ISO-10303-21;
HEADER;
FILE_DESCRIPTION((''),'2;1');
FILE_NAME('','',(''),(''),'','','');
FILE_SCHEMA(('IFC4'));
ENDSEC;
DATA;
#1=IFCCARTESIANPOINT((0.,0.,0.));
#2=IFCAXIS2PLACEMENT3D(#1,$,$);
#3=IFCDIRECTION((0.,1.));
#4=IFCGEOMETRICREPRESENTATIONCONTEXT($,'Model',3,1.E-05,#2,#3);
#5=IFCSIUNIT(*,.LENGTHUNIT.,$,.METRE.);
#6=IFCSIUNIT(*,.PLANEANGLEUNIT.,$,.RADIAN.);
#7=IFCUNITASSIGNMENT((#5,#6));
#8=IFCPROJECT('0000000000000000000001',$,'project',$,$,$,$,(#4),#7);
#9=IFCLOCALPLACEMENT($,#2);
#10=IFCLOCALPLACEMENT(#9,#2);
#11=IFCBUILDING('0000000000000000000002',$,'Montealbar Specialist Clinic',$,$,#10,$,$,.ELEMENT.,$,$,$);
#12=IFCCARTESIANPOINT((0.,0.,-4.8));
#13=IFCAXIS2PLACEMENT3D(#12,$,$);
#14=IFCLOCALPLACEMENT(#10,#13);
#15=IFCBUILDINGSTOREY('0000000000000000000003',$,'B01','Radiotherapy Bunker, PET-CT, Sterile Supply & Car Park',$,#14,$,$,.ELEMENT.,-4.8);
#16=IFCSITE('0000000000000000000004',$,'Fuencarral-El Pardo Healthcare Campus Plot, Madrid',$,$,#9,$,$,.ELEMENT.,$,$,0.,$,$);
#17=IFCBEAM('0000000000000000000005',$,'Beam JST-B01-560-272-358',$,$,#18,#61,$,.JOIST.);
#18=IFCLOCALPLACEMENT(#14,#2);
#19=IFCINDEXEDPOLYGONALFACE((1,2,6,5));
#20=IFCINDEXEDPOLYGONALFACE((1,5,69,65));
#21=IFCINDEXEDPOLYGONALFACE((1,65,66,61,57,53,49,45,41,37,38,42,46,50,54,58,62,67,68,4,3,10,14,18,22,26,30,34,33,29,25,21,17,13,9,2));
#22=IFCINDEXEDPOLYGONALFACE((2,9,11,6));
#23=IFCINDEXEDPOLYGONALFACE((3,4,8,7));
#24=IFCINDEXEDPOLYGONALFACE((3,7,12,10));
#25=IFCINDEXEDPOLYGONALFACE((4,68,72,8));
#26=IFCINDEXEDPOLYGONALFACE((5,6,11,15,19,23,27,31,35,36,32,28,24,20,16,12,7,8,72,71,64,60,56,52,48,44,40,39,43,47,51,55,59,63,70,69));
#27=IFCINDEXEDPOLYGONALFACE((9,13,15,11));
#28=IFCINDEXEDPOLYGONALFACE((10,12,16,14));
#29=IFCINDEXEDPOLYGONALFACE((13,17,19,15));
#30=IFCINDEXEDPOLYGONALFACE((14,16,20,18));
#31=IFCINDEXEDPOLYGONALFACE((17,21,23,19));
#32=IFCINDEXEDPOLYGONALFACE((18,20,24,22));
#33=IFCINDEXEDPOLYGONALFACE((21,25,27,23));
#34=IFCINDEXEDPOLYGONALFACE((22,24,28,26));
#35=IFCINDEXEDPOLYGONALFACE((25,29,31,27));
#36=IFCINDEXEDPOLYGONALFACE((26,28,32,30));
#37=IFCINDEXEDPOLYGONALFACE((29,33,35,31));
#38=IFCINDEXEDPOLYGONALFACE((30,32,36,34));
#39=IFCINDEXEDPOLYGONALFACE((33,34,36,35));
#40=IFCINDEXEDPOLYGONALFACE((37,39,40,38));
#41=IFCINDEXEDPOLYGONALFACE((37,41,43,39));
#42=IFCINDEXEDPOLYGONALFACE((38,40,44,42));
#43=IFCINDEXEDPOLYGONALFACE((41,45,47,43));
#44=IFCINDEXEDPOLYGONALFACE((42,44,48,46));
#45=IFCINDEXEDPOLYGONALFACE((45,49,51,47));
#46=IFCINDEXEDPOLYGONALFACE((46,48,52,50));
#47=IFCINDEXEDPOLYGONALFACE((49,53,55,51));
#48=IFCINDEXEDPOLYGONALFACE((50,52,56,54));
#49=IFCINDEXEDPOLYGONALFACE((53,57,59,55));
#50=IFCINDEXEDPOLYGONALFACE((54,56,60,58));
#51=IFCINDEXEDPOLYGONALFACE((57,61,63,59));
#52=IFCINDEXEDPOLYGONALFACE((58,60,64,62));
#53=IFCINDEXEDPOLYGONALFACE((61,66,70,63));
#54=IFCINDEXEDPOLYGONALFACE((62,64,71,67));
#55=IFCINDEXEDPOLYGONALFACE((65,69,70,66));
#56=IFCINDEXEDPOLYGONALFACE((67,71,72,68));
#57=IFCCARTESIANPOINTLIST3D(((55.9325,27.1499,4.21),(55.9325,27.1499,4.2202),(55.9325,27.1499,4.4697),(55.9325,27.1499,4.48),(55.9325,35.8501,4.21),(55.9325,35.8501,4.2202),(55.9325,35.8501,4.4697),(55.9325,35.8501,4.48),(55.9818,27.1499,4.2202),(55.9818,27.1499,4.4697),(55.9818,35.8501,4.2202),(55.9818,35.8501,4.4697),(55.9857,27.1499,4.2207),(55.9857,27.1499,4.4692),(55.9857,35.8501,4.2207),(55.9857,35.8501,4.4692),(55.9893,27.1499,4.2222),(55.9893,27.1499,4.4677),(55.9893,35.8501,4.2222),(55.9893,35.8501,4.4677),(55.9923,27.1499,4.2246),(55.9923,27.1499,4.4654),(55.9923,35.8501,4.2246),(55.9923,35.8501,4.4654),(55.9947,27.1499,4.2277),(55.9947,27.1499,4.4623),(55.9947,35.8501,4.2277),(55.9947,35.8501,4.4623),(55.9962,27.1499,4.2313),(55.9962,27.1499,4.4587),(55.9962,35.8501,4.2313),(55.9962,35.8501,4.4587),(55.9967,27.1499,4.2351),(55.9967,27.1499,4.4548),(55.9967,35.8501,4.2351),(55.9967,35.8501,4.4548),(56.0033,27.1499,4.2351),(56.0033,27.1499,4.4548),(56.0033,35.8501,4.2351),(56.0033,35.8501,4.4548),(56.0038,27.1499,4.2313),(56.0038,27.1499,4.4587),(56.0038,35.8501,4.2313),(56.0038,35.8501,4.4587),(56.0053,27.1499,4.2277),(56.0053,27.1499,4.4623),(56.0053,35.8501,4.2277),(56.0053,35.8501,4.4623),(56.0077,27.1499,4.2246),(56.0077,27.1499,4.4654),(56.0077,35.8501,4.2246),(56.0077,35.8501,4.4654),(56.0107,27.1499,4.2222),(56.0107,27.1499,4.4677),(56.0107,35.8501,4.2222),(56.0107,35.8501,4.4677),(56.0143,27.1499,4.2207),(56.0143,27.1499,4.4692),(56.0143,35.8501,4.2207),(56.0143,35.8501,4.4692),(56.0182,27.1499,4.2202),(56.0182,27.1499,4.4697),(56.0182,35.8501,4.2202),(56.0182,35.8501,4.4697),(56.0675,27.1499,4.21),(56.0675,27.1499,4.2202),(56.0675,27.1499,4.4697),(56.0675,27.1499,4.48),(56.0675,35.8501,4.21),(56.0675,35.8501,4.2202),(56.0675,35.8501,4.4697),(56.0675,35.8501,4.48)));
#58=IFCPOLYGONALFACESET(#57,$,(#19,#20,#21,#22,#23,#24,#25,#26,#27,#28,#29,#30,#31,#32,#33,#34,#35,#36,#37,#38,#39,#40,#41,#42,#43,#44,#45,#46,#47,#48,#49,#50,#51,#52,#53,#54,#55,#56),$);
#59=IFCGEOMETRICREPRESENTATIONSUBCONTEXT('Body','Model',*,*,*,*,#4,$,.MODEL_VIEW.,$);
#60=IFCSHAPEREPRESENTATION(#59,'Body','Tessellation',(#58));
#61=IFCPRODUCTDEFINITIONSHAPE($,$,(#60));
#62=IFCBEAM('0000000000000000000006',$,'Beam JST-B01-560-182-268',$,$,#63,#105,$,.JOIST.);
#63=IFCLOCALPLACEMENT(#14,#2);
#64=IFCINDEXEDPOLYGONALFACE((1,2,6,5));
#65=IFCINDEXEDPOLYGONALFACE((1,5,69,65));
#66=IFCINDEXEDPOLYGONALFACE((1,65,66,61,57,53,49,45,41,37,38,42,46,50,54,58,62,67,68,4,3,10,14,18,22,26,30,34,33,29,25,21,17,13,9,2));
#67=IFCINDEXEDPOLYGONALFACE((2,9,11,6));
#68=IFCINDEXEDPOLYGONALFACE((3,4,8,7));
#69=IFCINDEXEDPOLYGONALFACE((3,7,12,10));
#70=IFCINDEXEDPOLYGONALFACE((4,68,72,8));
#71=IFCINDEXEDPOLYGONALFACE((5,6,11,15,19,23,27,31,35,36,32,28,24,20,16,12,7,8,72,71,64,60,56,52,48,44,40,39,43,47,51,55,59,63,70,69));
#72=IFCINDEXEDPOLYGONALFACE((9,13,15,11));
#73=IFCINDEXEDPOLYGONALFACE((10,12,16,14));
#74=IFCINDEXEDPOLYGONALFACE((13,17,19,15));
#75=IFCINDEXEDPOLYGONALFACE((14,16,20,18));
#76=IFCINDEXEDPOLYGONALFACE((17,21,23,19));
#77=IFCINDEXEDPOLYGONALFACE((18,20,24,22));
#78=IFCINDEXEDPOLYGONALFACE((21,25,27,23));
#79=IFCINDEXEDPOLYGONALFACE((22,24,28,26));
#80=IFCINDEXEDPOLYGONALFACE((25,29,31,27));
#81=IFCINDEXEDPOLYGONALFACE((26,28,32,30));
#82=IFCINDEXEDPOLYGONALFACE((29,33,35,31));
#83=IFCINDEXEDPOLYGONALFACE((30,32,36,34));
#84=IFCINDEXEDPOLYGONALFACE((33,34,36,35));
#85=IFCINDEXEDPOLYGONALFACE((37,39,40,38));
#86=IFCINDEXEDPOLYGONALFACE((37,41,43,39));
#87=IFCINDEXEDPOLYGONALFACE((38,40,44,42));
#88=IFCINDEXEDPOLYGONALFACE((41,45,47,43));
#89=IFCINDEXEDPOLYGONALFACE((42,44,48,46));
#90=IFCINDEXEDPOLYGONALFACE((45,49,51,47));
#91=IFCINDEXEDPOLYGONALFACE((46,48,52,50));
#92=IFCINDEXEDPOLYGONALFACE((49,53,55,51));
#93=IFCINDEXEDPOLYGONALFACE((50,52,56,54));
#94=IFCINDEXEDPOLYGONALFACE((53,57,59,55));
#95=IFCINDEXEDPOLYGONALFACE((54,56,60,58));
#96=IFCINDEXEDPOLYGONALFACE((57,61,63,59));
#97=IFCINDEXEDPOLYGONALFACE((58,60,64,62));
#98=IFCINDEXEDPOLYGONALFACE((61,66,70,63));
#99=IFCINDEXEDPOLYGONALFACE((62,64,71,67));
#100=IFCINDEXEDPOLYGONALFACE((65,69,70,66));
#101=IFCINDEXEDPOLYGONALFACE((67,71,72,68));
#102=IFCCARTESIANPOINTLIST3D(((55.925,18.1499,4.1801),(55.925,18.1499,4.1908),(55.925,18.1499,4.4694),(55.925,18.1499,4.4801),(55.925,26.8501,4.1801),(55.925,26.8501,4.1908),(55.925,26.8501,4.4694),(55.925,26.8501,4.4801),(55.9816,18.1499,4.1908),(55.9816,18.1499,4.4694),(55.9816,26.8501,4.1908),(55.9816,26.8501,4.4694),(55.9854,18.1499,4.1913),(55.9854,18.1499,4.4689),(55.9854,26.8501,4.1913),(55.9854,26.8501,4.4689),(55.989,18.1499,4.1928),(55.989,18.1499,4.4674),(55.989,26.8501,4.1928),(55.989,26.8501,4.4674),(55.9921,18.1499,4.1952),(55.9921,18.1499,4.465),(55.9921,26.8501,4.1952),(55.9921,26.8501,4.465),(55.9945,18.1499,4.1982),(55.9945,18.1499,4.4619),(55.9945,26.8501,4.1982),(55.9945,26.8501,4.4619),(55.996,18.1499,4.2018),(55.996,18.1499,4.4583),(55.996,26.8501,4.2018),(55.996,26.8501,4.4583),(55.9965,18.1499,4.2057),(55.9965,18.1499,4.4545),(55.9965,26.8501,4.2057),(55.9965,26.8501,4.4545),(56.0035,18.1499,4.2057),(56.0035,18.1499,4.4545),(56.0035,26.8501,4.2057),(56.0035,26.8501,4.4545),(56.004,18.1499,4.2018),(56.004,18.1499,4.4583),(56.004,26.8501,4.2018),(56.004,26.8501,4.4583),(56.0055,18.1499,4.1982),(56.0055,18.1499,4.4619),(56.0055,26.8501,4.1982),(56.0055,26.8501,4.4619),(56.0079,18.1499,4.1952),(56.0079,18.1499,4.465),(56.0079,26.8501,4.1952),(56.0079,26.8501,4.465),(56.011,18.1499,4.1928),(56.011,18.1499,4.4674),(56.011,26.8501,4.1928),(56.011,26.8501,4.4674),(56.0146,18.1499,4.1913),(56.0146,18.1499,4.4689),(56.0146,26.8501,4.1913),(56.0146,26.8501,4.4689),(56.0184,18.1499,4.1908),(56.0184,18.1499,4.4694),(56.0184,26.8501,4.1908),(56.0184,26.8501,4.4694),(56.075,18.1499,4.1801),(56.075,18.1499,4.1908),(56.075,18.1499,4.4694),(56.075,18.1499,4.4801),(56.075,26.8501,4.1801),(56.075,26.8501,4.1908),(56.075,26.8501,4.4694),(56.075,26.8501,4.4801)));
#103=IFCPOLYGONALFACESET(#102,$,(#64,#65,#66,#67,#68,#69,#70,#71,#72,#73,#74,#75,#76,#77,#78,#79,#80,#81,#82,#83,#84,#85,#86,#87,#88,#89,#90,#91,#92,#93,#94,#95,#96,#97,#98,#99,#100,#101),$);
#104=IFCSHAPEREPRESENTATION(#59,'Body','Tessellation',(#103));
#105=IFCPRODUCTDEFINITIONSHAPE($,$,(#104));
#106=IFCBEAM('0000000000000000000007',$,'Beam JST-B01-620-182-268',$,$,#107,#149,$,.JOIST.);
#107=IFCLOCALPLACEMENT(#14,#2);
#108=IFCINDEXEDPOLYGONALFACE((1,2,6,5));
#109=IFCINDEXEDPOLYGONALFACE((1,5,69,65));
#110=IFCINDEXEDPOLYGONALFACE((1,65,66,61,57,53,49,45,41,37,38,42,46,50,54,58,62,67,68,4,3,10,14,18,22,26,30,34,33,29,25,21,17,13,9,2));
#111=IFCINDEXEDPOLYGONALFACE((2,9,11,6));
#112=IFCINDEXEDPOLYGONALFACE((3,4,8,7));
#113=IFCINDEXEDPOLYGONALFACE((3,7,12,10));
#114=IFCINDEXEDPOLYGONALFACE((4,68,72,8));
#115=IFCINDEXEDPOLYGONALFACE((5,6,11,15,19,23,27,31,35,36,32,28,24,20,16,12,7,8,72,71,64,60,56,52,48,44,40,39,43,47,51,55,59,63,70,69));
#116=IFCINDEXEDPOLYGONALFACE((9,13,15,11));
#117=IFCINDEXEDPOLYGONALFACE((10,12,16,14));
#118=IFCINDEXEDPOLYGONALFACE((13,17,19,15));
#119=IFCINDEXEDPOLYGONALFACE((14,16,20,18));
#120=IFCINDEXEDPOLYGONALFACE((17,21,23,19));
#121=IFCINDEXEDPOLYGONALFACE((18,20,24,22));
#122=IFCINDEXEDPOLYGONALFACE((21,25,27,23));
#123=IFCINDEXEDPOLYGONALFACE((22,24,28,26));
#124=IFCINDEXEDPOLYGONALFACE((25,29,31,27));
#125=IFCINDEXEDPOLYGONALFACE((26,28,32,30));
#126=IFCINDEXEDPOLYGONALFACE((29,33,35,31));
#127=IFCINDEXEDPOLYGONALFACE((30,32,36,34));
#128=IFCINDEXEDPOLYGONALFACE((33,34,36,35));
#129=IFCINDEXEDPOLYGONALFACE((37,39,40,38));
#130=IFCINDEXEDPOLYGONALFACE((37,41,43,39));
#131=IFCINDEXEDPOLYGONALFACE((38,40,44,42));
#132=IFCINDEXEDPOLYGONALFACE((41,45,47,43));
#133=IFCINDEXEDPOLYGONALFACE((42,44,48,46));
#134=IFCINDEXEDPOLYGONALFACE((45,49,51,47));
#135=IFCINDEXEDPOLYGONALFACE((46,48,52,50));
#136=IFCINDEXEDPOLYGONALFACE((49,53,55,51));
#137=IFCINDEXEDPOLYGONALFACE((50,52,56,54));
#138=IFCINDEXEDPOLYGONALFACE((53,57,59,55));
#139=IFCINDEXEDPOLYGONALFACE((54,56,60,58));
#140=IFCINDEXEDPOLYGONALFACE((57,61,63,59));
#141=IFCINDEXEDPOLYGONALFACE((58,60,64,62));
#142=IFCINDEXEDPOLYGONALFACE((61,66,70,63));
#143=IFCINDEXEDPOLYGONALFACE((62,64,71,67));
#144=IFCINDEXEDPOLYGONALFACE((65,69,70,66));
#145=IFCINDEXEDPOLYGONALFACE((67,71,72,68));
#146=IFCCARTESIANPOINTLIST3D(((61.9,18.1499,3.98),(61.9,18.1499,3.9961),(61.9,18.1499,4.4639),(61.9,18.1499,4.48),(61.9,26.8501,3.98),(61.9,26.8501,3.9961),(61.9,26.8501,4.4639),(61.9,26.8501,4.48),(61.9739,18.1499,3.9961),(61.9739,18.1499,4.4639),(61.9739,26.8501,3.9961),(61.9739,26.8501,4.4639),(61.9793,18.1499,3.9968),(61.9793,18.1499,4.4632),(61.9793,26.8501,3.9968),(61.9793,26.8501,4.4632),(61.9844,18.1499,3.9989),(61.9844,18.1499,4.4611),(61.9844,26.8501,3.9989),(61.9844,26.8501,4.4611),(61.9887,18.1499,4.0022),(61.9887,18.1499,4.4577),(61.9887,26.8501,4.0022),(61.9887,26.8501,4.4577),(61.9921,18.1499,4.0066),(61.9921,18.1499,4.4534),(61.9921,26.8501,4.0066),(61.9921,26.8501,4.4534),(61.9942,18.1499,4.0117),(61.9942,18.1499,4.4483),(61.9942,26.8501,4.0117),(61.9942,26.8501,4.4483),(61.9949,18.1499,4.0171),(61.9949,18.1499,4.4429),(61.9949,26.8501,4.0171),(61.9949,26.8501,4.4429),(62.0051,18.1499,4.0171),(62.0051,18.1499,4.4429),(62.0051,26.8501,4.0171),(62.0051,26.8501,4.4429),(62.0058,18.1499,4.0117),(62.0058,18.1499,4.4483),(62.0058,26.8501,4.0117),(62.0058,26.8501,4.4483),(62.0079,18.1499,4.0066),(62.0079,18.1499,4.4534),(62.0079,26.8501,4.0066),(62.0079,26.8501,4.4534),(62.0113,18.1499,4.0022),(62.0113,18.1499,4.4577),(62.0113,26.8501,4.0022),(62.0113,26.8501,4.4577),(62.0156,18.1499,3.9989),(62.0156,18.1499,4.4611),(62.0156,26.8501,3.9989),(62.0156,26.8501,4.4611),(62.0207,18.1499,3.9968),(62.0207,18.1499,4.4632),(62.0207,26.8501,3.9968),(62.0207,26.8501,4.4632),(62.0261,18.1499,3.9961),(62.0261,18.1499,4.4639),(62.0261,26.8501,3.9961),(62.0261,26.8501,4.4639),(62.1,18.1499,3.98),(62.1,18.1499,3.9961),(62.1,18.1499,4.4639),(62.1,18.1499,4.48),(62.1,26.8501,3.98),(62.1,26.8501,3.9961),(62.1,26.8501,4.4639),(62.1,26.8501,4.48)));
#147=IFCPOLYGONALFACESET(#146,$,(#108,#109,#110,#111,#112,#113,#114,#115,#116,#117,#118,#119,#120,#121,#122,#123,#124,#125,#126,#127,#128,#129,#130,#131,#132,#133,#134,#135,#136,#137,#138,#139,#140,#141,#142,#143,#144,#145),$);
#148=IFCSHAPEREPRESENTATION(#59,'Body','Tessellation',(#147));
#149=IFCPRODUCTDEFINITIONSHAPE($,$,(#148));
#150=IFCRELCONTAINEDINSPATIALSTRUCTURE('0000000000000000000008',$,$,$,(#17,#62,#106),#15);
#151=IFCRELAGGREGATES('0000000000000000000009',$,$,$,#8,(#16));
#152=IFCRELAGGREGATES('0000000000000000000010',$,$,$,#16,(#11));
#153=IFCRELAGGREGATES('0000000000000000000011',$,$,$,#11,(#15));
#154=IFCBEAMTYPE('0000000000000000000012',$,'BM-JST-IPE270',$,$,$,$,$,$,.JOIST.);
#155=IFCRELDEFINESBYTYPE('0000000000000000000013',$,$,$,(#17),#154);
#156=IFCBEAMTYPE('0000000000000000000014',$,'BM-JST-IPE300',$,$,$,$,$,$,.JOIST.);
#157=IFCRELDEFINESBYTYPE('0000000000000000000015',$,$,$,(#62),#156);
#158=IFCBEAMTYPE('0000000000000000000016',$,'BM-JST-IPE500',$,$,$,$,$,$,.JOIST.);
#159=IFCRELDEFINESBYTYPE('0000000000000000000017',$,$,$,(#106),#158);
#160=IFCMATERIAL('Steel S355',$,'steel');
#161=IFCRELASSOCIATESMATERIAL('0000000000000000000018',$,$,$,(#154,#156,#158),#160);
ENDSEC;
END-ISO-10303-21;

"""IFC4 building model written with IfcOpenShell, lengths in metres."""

from ifc_helpers import new_model, si_unit, direction, frame, origin, origin_2d, place, context, subcontext, project, spatial, i_section, extrude, material, material_profile, profile_set, type_object, element, save


model = new_model("IFC4")

# Units and contexts
model_context = context("Model", 3, precision=1e-05, world=origin(), true_north=direction((0.0, 1.0)))
body_context = subcontext(model_context, "Body", "Model", "MODEL_VIEW")
ifc_project = project(units=[si_unit("LENGTHUNIT", "METRE"), si_unit("PLANEANGLEUNIT", "RADIAN")], contexts=[model_context])

# Site, building, storey
site_placement = place(None, origin())
site = spatial("IfcSite", under=ifc_project, at=site_placement, Name="Fuencarral-El Pardo Healthcare Campus Plot, Madrid", CompositionType="ELEMENT", RefElevation=0.0)
building_placement = place(site_placement, origin())
building = spatial("IfcBuilding", under=site, at=building_placement, Name="Montealbar Specialist Clinic", CompositionType="ELEMENT")
storey_placement = place(building_placement, frame((0.0, 0.0, -4.8)))
storey = spatial("IfcBuildingStorey", under=building, at=storey_placement, Name="B01", Description="Radiotherapy Bunker, PET-CT, Sterile Supply & Car Park", CompositionType="ELEMENT", Elevation=-4.8)

# Shared definitions
ifc_material_1 = material(Name="Steel S355", Category="steel")

# Beams
ifc_material_profile_1 = material_profile(ifc_material_1, i_section(OverallWidth=0.135, OverallDepth=0.27, WebThickness=0.0066, FlangeThickness=0.0103, FilletRadius=0.0149, at=origin_2d()), Name="IPE 270", Category="steel")
ifc_profile_set_1 = profile_set([ifc_material_profile_1], Name="Steel S355")
beam_type_1 = type_object("IfcBeamType", Name="BM-JST-IPE270", PredefinedType="JOIST", material=ifc_profile_set_1)
for number, where, z_axis, x_axis, name in (
    (1, (56.0, 27.1499, 4.345), (0.0, 1.0, 0.0), (-1.0, 0.0, 0.0), "Beam JST-B01-560-272-358"),
):
    element("IfcBeam", number, at=place(storey_placement, frame(where, z_axis=z_axis, x_axis=x_axis)), inside=storey, type_object=beam_type_1, Name=name, PredefinedType="JOIST", context=body_context, shape_type="SweptSolid", body=[
        extrude(i_section(OverallWidth=0.135, OverallDepth=0.27, WebThickness=0.0066, FlangeThickness=0.0103, FilletRadius=0.0149, at=origin_2d()), origin(), (0.0, 0.0, 1.0), 8.7002),
    ])
ifc_material_profile_2 = material_profile(ifc_material_1, i_section(OverallWidth=0.1499, OverallDepth=0.3, WebThickness=0.0071, FlangeThickness=0.0107, FilletRadius=0.0149, at=origin_2d()), Name="IPE 300", Category="steel")
ifc_profile_set_2 = profile_set([ifc_material_profile_2], Name="Steel S355")
beam_type_2 = type_object("IfcBeamType", Name="BM-JST-IPE300", PredefinedType="JOIST", material=ifc_profile_set_2)
beam_1_placement = place(storey_placement, frame((56.0, 18.1499, 4.3301), z_axis=(0.0, 1.0, 0.0), x_axis=(-1.0, 0.0, 0.0)))
element("IfcBeam", 2, at=beam_1_placement, inside=storey, type_object=beam_type_2, Name="Beam JST-B01-560-182-268", PredefinedType="JOIST", context=body_context, shape_type="SweptSolid", body=[
    extrude(i_section(OverallWidth=0.1499, OverallDepth=0.3, WebThickness=0.0071, FlangeThickness=0.0107, FilletRadius=0.0149, at=origin_2d()), origin(), (0.0, 0.0, 1.0), 8.7002),
])
ifc_material_profile_3 = material_profile(ifc_material_1, i_section(OverallWidth=0.2, OverallDepth=0.5, WebThickness=0.0103, FlangeThickness=0.0161, FilletRadius=0.021, at=origin_2d()), Name="IPE 500", Category="steel")
ifc_profile_set_3 = profile_set([ifc_material_profile_3], Name="Steel S355")
beam_type_3 = type_object("IfcBeamType", Name="BM-JST-IPE500", PredefinedType="JOIST", material=ifc_profile_set_3)
beam_2_placement = place(storey_placement, frame((62.0, 18.1499, 4.23), z_axis=(0.0, 1.0, 0.0), x_axis=(-1.0, 0.0, 0.0)))
element("IfcBeam", 3, at=beam_2_placement, inside=storey, type_object=beam_type_3, Name="Beam JST-B01-620-182-268", PredefinedType="JOIST", context=body_context, shape_type="SweptSolid", body=[
    extrude(i_section(OverallWidth=0.2, OverallDepth=0.5, WebThickness=0.0103, FlangeThickness=0.0161, FilletRadius=0.021, at=origin_2d()), origin(), (0.0, 0.0, 1.0), 8.7002),
])

save(model, "model.ifc")
